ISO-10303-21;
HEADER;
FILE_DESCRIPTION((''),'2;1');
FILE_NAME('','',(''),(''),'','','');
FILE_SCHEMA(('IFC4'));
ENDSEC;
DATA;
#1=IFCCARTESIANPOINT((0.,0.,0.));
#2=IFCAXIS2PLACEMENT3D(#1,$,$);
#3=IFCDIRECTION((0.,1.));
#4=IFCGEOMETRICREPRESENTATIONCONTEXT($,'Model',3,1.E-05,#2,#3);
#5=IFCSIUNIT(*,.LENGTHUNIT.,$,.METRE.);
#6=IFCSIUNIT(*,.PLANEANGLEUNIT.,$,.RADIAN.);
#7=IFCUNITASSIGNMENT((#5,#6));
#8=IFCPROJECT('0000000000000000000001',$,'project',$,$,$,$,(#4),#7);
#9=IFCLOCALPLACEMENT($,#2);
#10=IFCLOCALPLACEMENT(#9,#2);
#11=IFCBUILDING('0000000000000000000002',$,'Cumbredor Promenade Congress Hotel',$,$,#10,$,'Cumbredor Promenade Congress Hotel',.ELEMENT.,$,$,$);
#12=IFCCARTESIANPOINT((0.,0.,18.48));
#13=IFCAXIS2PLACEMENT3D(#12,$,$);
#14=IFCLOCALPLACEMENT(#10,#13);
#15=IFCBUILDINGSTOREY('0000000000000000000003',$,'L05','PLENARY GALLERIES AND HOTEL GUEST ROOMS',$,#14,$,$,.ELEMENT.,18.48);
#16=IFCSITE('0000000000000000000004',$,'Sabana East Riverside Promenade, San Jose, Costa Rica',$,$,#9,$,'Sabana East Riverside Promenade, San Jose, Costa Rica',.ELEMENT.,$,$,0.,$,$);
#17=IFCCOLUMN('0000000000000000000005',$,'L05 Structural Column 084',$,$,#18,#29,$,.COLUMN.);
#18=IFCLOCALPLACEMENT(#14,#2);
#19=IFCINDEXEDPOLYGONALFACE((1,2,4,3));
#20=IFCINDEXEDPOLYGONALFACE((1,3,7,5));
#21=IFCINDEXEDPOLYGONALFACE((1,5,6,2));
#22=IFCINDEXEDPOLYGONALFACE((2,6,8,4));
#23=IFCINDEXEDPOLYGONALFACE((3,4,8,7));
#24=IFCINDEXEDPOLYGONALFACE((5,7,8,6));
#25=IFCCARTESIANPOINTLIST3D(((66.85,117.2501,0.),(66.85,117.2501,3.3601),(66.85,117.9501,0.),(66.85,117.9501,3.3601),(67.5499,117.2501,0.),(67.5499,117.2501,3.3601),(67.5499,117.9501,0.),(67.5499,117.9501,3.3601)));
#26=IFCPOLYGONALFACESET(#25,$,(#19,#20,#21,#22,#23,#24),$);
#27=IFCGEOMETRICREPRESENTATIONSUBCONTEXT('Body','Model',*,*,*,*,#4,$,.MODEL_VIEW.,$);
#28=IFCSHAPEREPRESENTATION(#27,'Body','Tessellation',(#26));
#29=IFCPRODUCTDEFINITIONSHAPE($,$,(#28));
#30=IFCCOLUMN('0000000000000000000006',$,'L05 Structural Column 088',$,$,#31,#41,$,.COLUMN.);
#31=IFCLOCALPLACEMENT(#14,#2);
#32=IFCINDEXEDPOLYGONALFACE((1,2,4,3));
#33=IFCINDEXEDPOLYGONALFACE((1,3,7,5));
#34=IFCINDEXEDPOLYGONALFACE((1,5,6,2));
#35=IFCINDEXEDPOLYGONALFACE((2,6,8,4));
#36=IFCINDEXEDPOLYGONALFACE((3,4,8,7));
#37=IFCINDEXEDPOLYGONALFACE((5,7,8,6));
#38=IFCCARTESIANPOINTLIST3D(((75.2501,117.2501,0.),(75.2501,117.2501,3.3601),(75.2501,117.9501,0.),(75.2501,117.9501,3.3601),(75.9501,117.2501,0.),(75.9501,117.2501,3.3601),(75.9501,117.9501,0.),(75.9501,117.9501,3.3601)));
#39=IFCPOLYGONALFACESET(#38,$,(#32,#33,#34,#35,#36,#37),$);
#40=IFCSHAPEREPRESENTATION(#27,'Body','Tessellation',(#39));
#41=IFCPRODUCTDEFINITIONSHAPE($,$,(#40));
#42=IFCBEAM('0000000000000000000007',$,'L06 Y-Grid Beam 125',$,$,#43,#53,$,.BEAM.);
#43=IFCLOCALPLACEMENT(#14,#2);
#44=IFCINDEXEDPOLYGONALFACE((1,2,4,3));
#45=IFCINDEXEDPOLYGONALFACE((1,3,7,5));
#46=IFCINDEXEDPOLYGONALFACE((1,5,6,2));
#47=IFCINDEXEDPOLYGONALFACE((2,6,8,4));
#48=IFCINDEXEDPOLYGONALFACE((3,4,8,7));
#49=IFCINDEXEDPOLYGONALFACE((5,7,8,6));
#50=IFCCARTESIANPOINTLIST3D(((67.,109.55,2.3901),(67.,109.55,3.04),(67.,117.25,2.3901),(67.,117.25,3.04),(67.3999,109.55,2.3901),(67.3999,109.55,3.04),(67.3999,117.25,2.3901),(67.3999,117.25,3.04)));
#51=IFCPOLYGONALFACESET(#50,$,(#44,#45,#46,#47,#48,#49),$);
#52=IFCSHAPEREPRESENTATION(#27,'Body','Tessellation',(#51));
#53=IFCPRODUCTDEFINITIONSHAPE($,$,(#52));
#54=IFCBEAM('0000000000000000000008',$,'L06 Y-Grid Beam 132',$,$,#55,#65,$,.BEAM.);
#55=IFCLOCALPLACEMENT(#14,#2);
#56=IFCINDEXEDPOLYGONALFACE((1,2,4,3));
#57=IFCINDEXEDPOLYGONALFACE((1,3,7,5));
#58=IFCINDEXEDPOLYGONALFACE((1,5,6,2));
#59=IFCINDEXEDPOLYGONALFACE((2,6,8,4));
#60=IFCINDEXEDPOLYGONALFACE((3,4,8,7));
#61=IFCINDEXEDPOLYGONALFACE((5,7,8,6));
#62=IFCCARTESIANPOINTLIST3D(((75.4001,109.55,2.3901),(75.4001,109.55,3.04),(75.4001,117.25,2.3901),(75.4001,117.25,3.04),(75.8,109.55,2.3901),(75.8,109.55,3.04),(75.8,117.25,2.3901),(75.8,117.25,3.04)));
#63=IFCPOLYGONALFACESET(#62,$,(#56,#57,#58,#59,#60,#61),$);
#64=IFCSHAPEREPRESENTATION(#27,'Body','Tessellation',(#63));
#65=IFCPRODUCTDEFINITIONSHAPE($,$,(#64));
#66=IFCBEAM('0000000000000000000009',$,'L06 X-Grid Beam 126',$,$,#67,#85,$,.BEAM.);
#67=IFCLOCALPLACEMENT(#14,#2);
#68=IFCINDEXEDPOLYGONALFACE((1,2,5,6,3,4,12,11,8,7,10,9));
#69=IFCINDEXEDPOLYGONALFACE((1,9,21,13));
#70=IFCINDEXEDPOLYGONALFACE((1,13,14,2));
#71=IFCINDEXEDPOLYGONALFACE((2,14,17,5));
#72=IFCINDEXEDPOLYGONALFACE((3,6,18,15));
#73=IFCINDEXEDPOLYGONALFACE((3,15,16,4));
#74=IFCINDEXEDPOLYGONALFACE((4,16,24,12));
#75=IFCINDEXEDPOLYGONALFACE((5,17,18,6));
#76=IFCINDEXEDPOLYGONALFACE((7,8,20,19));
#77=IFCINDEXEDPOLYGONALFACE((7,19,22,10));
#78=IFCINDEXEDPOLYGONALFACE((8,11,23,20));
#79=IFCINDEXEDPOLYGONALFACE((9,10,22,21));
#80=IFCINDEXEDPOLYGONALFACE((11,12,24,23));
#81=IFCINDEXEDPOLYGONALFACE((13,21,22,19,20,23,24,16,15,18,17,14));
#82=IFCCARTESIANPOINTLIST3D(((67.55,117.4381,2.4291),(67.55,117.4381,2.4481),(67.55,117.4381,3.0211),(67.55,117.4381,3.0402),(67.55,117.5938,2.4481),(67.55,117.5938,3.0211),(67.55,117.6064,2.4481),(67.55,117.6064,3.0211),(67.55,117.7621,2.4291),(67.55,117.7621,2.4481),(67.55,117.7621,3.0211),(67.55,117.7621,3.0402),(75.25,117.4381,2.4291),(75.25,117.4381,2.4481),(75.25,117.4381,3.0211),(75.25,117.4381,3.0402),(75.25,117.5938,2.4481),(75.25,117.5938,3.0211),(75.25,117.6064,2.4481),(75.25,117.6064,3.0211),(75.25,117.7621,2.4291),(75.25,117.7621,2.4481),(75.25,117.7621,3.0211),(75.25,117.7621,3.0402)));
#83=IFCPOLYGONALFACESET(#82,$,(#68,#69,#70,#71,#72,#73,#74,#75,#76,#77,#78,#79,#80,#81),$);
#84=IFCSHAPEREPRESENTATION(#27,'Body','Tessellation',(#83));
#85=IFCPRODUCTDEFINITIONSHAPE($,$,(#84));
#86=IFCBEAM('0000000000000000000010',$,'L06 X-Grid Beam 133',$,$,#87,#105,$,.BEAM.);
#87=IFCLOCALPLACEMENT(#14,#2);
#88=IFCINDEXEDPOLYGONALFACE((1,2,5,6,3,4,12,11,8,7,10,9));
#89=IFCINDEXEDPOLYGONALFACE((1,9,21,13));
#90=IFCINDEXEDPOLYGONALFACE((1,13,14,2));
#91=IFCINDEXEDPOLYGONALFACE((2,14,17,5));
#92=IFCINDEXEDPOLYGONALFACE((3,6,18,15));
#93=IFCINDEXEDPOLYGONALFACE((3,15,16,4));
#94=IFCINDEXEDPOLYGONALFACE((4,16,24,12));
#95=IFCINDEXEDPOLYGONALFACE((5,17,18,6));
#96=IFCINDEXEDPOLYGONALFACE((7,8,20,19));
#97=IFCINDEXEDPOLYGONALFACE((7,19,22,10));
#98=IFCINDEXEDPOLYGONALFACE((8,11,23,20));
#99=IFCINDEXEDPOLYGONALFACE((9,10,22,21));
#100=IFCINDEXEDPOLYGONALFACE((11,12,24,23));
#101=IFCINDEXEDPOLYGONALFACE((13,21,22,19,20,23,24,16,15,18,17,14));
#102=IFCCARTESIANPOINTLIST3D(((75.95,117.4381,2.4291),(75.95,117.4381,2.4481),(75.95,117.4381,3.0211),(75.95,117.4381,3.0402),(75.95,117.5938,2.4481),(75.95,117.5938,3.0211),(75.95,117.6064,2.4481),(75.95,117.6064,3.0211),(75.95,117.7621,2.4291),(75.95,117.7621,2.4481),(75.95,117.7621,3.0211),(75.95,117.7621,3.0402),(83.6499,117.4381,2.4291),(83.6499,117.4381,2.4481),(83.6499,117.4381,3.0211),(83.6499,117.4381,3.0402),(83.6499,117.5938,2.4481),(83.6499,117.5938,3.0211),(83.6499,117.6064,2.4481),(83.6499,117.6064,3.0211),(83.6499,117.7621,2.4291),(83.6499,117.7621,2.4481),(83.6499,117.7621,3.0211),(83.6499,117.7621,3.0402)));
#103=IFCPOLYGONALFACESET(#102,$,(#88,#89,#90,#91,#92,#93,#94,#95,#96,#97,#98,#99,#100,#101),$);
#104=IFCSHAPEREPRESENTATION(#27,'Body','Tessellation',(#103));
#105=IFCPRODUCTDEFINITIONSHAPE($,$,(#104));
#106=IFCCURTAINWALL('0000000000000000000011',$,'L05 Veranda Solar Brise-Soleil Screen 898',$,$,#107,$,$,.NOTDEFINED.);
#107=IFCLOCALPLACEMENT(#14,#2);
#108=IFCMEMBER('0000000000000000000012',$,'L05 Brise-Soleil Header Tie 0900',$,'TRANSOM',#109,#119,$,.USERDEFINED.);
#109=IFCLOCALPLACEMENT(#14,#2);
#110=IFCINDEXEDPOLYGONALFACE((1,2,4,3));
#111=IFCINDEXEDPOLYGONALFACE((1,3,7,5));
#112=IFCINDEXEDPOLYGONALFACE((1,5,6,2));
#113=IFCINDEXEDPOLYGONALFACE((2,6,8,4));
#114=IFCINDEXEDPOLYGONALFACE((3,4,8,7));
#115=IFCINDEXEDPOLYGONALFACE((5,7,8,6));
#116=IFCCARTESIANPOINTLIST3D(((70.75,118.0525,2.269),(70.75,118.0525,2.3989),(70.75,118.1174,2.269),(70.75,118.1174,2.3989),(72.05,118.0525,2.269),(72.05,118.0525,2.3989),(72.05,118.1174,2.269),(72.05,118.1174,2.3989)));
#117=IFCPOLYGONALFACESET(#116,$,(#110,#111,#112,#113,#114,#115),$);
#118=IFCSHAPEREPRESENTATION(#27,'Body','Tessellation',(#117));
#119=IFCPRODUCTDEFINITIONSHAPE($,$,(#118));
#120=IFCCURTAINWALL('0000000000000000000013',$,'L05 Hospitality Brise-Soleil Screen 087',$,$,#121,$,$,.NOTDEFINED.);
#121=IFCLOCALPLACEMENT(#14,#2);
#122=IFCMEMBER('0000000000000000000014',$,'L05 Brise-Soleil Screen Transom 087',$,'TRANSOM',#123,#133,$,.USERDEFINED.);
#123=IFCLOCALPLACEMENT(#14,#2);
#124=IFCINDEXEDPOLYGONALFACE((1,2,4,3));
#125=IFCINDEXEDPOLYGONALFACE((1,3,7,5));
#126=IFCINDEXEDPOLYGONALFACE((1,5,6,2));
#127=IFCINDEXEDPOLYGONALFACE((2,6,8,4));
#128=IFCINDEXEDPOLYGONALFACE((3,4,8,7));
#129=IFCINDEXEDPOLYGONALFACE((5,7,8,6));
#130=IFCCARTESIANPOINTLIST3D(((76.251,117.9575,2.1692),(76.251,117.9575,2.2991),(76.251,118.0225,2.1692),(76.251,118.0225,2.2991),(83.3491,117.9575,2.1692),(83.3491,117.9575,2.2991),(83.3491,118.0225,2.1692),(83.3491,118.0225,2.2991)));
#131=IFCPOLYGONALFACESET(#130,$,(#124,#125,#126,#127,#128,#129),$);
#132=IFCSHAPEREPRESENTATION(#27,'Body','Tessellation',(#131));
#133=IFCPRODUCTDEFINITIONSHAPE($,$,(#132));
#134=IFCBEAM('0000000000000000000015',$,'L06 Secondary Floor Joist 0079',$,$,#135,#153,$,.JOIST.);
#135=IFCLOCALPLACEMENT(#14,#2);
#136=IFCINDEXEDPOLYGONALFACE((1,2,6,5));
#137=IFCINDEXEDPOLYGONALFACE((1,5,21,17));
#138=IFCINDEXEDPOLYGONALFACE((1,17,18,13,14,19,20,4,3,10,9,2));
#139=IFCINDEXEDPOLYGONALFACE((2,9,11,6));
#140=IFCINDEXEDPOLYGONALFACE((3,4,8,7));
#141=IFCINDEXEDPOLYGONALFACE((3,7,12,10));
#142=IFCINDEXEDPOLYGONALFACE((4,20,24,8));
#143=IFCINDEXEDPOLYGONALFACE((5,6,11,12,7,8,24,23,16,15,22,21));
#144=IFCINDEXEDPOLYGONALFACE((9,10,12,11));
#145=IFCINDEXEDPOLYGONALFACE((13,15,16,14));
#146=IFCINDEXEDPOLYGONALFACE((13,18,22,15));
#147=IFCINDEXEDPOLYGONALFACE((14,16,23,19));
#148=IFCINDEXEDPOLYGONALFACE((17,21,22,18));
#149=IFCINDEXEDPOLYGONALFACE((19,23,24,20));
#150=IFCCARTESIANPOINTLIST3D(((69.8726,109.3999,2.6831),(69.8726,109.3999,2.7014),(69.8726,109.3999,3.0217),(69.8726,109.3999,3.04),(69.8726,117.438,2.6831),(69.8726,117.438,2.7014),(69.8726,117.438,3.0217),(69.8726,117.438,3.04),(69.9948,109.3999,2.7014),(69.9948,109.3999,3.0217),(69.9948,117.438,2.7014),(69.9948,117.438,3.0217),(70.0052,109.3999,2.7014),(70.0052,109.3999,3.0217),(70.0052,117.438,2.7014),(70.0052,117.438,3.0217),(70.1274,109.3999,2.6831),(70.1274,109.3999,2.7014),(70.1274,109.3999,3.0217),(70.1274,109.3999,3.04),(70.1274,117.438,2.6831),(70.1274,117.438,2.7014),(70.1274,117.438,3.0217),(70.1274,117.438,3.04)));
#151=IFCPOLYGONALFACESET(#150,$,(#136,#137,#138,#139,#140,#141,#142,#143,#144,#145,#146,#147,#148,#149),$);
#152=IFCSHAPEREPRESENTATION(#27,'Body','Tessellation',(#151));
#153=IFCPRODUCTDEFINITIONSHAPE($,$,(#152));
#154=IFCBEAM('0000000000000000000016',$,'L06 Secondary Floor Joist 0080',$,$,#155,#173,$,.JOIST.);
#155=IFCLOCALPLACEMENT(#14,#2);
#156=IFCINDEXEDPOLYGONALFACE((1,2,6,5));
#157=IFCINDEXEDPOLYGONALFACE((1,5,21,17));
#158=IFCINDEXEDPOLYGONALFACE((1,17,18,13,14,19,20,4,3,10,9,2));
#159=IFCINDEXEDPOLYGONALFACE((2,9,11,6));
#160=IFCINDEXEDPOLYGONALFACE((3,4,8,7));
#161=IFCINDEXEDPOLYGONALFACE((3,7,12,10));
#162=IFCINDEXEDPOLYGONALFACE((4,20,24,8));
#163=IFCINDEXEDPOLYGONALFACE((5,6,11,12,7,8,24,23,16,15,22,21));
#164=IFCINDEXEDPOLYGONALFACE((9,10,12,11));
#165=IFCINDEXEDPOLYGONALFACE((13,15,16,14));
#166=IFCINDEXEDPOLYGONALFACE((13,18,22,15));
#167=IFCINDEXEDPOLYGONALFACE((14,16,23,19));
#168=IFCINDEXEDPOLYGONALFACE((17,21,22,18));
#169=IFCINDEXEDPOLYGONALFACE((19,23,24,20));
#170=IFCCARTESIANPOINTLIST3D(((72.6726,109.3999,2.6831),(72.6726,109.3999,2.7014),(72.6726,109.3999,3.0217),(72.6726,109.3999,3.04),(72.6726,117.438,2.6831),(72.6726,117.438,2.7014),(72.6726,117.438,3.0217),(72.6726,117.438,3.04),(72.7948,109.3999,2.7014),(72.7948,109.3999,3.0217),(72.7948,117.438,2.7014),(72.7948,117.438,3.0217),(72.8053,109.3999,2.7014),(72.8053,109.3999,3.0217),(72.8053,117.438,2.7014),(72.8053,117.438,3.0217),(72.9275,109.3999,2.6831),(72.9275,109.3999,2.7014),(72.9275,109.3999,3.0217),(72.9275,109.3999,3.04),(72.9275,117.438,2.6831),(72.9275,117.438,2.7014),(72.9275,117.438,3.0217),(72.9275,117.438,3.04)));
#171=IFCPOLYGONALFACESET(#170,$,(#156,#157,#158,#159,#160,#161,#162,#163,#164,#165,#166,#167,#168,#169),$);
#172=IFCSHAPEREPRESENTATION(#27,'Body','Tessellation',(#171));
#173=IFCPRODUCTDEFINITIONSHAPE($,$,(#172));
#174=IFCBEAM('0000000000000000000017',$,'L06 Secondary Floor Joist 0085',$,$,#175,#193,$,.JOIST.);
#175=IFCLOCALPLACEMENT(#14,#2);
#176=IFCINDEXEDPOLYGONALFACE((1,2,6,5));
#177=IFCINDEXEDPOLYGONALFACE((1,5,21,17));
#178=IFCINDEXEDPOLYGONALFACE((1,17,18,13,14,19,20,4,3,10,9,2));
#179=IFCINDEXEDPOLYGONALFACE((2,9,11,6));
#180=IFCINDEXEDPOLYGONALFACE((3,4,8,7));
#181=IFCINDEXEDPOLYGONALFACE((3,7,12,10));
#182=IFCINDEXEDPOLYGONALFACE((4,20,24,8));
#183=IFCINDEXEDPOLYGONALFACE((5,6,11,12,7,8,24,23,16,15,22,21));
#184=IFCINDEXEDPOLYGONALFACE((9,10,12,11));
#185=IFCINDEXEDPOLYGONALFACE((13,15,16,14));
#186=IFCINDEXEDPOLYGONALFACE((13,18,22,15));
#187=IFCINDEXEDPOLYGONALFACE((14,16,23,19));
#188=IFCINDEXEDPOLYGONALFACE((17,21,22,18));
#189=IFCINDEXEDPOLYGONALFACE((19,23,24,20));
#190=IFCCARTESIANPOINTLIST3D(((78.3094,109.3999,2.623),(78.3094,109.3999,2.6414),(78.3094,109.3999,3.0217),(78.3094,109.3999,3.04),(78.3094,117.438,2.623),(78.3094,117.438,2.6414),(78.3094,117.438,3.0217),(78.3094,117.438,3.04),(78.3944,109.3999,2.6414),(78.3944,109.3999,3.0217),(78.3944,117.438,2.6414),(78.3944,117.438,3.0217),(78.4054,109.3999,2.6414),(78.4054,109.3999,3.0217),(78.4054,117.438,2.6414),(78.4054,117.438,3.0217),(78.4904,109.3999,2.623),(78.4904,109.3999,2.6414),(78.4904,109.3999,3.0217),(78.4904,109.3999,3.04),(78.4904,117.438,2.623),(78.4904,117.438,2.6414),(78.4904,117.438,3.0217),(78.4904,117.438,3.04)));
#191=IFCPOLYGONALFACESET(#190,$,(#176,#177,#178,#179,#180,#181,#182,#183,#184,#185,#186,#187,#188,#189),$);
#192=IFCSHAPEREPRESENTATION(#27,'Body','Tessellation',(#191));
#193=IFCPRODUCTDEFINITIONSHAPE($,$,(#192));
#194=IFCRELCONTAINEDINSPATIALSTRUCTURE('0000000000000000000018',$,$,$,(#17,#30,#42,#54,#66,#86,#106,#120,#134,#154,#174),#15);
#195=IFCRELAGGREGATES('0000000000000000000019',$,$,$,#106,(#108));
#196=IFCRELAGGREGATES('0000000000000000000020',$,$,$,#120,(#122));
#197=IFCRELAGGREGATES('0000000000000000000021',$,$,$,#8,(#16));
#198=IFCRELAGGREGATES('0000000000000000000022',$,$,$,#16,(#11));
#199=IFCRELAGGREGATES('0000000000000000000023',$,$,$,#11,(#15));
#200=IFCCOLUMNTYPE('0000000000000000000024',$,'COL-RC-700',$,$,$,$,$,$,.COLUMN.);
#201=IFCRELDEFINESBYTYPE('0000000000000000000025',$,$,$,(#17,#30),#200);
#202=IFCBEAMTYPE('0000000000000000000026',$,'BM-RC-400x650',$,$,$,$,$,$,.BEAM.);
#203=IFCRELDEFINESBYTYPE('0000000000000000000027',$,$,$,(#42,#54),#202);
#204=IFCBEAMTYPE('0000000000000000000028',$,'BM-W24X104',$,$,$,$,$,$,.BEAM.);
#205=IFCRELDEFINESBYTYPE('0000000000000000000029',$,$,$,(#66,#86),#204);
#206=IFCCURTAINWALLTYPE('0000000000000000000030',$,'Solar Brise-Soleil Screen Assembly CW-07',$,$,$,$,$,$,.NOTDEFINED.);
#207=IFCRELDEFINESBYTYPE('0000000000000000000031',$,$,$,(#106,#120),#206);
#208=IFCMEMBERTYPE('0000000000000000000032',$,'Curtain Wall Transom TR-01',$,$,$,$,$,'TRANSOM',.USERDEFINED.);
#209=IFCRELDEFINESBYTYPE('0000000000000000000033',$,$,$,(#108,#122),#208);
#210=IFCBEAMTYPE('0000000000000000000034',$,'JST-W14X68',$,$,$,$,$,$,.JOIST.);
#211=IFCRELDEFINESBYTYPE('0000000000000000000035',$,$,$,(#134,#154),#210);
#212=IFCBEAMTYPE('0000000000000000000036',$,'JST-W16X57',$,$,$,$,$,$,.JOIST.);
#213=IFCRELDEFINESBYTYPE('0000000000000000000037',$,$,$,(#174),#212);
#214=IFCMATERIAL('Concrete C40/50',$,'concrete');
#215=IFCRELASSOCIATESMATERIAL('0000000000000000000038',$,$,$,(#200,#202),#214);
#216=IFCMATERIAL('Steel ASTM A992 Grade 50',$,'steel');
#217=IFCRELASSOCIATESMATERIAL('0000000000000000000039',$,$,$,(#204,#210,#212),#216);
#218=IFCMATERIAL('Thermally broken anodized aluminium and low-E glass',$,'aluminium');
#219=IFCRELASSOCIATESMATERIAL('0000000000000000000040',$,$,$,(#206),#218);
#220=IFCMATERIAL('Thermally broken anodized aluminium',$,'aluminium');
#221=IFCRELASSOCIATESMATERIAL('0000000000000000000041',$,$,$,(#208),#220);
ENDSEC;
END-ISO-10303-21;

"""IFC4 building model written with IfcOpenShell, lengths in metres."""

from ifc_helpers import new_model, si_unit, direction, frame, origin, origin_2d, place, context, subcontext, project, spatial, rectangle, i_section, extrude, material, material_profile, profile_set, type_object, element, aggregate, save


model = new_model("IFC4")

# Units and contexts
model_context = context("Model", 3, precision=1e-05, world=origin(), true_north=direction((0.0, 1.0)))
body_context = subcontext(model_context, "Body", "Model", "MODEL_VIEW")
ifc_project = project(units=[si_unit("LENGTHUNIT", "METRE"), si_unit("PLANEANGLEUNIT", "RADIAN")], contexts=[model_context])

# Site, building, storey
site_placement = place(None, origin())
site = spatial("IfcSite", under=ifc_project, at=site_placement, Name="Sabana East Riverside Promenade, San Jose, Costa Rica", LongName="Sabana East Riverside Promenade, San Jose, Costa Rica", CompositionType="ELEMENT", RefElevation=0.0)
building_placement = place(site_placement, origin())
building = spatial("IfcBuilding", under=site, at=building_placement, Name="Cumbredor Promenade Congress Hotel", LongName="Cumbredor Promenade Congress Hotel", CompositionType="ELEMENT")
storey_placement = place(building_placement, frame((0.0, 0.0, 18.48)))
storey = spatial("IfcBuildingStorey", under=building, at=storey_placement, Name="L05", Description="PLENARY GALLERIES AND HOTEL GUEST ROOMS", CompositionType="ELEMENT", Elevation=18.48)

# Columns
ifc_material_1 = material(Name="Concrete C40/50", Category="concrete")
ifc_material_profile_1 = material_profile(ifc_material_1, rectangle(XDim=0.7, YDim=0.7, at=origin_2d()), Name="RC 700x700")
ifc_profile_set_1 = profile_set([ifc_material_profile_1], Name="Concrete C40/50")
column_type = type_object("IfcColumnType", Name="COL-RC-700", PredefinedType="COLUMN", material=ifc_profile_set_1)
for number, where, z_axis, x_axis, name in (
    (1, (67.2, 117.6001, 0.0), (0.0, 0.0, 1.0), (1.0, 0.0, 0.0), "L05 Structural Column 084"),
    (2, (75.6001, 117.6001, 0.0), (0.0, 0.0, 1.0), (1.0, 0.0, 0.0), "L05 Structural Column 088"),
):
    element("IfcColumn", number, at=place(storey_placement, frame(where, z_axis=z_axis, x_axis=x_axis)), inside=storey, type_object=column_type, Name=name, PredefinedType="COLUMN", context=body_context, shape_type="SweptSolid", body=[
        extrude(rectangle(XDim=0.7, YDim=0.7, at=origin_2d()), origin(), (0.0, 0.0, 1.0), 3.3601),
    ])

# Beams
ifc_material_profile_2 = material_profile(ifc_material_1, rectangle(XDim=0.3999, YDim=0.6499, at=origin_2d()), Name="RC BEAM 400x650")
ifc_profile_set_2 = profile_set([ifc_material_profile_2], Name="Concrete C40/50")
beam_type_1 = type_object("IfcBeamType", Name="BM-RC-400x650", PredefinedType="BEAM", material=ifc_profile_set_2)
for number, where, z_axis, x_axis, name in (
    (3, (67.2, 109.55, 2.7151), (0.0, 1.0, 0.0), (-1.0, 0.0, 0.0), "L06 Y-Grid Beam 125"),
    (4, (75.6001, 109.55, 2.7151), (0.0, 1.0, 0.0), (-1.0, 0.0, 0.0), "L06 Y-Grid Beam 132"),
):
    element("IfcBeam", number, at=place(storey_placement, frame(where, z_axis=z_axis, x_axis=x_axis)), inside=storey, type_object=beam_type_1, Name=name, PredefinedType="BEAM", context=body_context, shape_type="SweptSolid", body=[
        extrude(rectangle(XDim=0.3999, YDim=0.6499, at=origin_2d()), origin(), (0.0, 0.0, 1.0), 7.7),
    ])
ifc_material_2 = material(Name="Steel ASTM A992 Grade 50", Category="steel")
ifc_material_profile_3 = material_profile(ifc_material_2, i_section(OverallWidth=0.324, OverallDepth=0.6111, WebThickness=0.0127, FlangeThickness=0.019, at=origin_2d()), Name="W24X104")
ifc_profile_set_3 = profile_set([ifc_material_profile_3], Name="Steel ASTM A992 Grade 50")
beam_type_2 = type_object("IfcBeamType", Name="BM-W24X104", PredefinedType="BEAM", material=ifc_profile_set_3)
for number, where, z_axis, x_axis, name in (
    (5, (67.55, 117.6001, 2.7346), (1.0, 0.0, 0.0), (0.0, 1.0, 0.0), "L06 X-Grid Beam 126"),
    (6, (75.95, 117.6001, 2.7346), (1.0, 0.0, 0.0), (0.0, 1.0, 0.0), "L06 X-Grid Beam 133"),
):
    element("IfcBeam", number, at=place(storey_placement, frame(where, z_axis=z_axis, x_axis=x_axis)), inside=storey, type_object=beam_type_2, Name=name, PredefinedType="BEAM", context=body_context, shape_type="SweptSolid", body=[
        extrude(i_section(OverallWidth=0.324, OverallDepth=0.6111, WebThickness=0.0127, FlangeThickness=0.019, at=origin_2d()), origin(), (0.0, 0.0, 1.0), 7.7),
    ])

# Curtain walls, members
ifc_material_3 = material(Name="Thermally broken anodized aluminium and low-E glass", Category="aluminium")
curtain_wall_type = type_object("IfcCurtainWallType", Name="Solar Brise-Soleil Screen Assembly CW-07", PredefinedType="NOTDEFINED", material=ifc_material_3)
curtain_wall_1_placement = place(storey_placement, origin())
curtain_wall_1 = element("IfcCurtainWall", 7, at=curtain_wall_1_placement, inside=storey, type_object=curtain_wall_type, Name="L05 Veranda Solar Brise-Soleil Screen 898", PredefinedType="NOTDEFINED")
ifc_material_4 = material(Name="Thermally broken anodized aluminium", Category="aluminium")
ifc_material_profile_4 = material_profile(ifc_material_4, rectangle(XDim=0.0649, YDim=0.1299, at=origin_2d()), Name="ALU TRANSOM 65x130")
ifc_profile_set_4 = profile_set([ifc_material_profile_4], Name="Thermally broken anodized aluminium")
member_type_1 = type_object("IfcMemberType", Name="Curtain Wall Transom TR-01", ElementType="TRANSOM", PredefinedType="USERDEFINED", material=ifc_profile_set_4)
member_1_placement = place(storey_placement, frame((70.75, 118.085, 2.334), z_axis=(1.0, 0.0, 0.0), x_axis=(0.0, 1.0, 0.0)))
member_1 = element("IfcMember", 8, at=member_1_placement, type_object=member_type_1, Name="L05 Brise-Soleil Header Tie 0900", ObjectType="TRANSOM", PredefinedType="USERDEFINED", context=body_context, shape_type="SweptSolid", body=[
    extrude(rectangle(XDim=0.0649, YDim=0.1299, at=origin_2d()), origin(), (0.0, 0.0, 1.0), 1.3),
])
curtain_wall_2_placement = place(storey_placement, origin())
curtain_wall_2 = element("IfcCurtainWall", 9, at=curtain_wall_2_placement, inside=storey, type_object=curtain_wall_type, Name="L05 Hospitality Brise-Soleil Screen 087", PredefinedType="NOTDEFINED")
member_2_placement = place(storey_placement, frame((76.251, 117.99, 2.2341), z_axis=(1.0, 0.0, 0.0), x_axis=(0.0, 1.0, 0.0)))
member_2 = element("IfcMember", 10, at=member_2_placement, type_object=member_type_1, Name="L05 Brise-Soleil Screen Transom 087", ObjectType="TRANSOM", PredefinedType="USERDEFINED", context=body_context, shape_type="SweptSolid", body=[
    extrude(rectangle(XDim=0.0649, YDim=0.1299, at=origin_2d()), origin(), (0.0, 0.0, 1.0), 7.0981),
])

# Beams
ifc_material_profile_5 = material_profile(ifc_material_2, i_section(OverallWidth=0.2549, OverallDepth=0.3569, WebThickness=0.0105, FlangeThickness=0.0183, at=origin_2d()), Name="W14X68")
ifc_profile_set_5 = profile_set([ifc_material_profile_5], Name="Steel ASTM A992 Grade 50")
beam_type_3 = type_object("IfcBeamType", Name="JST-W14X68", PredefinedType="JOIST", material=ifc_profile_set_5)
for number, where, z_axis, x_axis, name in (
    (11, (70.0, 109.3999, 2.8616), (0.0, 1.0, 0.0), (-1.0, 0.0, 0.0), "L06 Secondary Floor Joist 0079"),
    (12, (72.8, 109.3999, 2.8616), (0.0, 1.0, 0.0), (-1.0, 0.0, 0.0), "L06 Secondary Floor Joist 0080"),
):
    element("IfcBeam", number, at=place(storey_placement, frame(where, z_axis=z_axis, x_axis=x_axis)), inside=storey, type_object=beam_type_3, Name=name, PredefinedType="JOIST", context=body_context, shape_type="SweptSolid", body=[
        extrude(i_section(OverallWidth=0.2549, OverallDepth=0.3569, WebThickness=0.0105, FlangeThickness=0.0183, at=origin_2d()), origin(), (0.0, 0.0, 1.0), 8.0381),
    ])
ifc_material_profile_6 = material_profile(ifc_material_2, i_section(OverallWidth=0.1809, OverallDepth=0.417, WebThickness=0.011, FlangeThickness=0.0183, at=origin_2d()), Name="W16X57")
ifc_profile_set_6 = profile_set([ifc_material_profile_6], Name="Steel ASTM A992 Grade 50")
beam_type_4 = type_object("IfcBeamType", Name="JST-W16X57", PredefinedType="JOIST", material=ifc_profile_set_6)
beam_placement = place(storey_placement, frame((78.3999, 109.3999, 2.8315), z_axis=(0.0, 1.0, 0.0), x_axis=(-1.0, 0.0, 0.0)))
element("IfcBeam", 13, at=beam_placement, inside=storey, type_object=beam_type_4, Name="L06 Secondary Floor Joist 0085", PredefinedType="JOIST", context=body_context, shape_type="SweptSolid", body=[
    extrude(i_section(OverallWidth=0.1809, OverallDepth=0.417, WebThickness=0.011, FlangeThickness=0.0183, at=origin_2d()), origin(), (0.0, 0.0, 1.0), 8.0381),
])

aggregate(curtain_wall_1, [member_1])
aggregate(curtain_wall_2, [member_2])

save(model, "model.ifc")
